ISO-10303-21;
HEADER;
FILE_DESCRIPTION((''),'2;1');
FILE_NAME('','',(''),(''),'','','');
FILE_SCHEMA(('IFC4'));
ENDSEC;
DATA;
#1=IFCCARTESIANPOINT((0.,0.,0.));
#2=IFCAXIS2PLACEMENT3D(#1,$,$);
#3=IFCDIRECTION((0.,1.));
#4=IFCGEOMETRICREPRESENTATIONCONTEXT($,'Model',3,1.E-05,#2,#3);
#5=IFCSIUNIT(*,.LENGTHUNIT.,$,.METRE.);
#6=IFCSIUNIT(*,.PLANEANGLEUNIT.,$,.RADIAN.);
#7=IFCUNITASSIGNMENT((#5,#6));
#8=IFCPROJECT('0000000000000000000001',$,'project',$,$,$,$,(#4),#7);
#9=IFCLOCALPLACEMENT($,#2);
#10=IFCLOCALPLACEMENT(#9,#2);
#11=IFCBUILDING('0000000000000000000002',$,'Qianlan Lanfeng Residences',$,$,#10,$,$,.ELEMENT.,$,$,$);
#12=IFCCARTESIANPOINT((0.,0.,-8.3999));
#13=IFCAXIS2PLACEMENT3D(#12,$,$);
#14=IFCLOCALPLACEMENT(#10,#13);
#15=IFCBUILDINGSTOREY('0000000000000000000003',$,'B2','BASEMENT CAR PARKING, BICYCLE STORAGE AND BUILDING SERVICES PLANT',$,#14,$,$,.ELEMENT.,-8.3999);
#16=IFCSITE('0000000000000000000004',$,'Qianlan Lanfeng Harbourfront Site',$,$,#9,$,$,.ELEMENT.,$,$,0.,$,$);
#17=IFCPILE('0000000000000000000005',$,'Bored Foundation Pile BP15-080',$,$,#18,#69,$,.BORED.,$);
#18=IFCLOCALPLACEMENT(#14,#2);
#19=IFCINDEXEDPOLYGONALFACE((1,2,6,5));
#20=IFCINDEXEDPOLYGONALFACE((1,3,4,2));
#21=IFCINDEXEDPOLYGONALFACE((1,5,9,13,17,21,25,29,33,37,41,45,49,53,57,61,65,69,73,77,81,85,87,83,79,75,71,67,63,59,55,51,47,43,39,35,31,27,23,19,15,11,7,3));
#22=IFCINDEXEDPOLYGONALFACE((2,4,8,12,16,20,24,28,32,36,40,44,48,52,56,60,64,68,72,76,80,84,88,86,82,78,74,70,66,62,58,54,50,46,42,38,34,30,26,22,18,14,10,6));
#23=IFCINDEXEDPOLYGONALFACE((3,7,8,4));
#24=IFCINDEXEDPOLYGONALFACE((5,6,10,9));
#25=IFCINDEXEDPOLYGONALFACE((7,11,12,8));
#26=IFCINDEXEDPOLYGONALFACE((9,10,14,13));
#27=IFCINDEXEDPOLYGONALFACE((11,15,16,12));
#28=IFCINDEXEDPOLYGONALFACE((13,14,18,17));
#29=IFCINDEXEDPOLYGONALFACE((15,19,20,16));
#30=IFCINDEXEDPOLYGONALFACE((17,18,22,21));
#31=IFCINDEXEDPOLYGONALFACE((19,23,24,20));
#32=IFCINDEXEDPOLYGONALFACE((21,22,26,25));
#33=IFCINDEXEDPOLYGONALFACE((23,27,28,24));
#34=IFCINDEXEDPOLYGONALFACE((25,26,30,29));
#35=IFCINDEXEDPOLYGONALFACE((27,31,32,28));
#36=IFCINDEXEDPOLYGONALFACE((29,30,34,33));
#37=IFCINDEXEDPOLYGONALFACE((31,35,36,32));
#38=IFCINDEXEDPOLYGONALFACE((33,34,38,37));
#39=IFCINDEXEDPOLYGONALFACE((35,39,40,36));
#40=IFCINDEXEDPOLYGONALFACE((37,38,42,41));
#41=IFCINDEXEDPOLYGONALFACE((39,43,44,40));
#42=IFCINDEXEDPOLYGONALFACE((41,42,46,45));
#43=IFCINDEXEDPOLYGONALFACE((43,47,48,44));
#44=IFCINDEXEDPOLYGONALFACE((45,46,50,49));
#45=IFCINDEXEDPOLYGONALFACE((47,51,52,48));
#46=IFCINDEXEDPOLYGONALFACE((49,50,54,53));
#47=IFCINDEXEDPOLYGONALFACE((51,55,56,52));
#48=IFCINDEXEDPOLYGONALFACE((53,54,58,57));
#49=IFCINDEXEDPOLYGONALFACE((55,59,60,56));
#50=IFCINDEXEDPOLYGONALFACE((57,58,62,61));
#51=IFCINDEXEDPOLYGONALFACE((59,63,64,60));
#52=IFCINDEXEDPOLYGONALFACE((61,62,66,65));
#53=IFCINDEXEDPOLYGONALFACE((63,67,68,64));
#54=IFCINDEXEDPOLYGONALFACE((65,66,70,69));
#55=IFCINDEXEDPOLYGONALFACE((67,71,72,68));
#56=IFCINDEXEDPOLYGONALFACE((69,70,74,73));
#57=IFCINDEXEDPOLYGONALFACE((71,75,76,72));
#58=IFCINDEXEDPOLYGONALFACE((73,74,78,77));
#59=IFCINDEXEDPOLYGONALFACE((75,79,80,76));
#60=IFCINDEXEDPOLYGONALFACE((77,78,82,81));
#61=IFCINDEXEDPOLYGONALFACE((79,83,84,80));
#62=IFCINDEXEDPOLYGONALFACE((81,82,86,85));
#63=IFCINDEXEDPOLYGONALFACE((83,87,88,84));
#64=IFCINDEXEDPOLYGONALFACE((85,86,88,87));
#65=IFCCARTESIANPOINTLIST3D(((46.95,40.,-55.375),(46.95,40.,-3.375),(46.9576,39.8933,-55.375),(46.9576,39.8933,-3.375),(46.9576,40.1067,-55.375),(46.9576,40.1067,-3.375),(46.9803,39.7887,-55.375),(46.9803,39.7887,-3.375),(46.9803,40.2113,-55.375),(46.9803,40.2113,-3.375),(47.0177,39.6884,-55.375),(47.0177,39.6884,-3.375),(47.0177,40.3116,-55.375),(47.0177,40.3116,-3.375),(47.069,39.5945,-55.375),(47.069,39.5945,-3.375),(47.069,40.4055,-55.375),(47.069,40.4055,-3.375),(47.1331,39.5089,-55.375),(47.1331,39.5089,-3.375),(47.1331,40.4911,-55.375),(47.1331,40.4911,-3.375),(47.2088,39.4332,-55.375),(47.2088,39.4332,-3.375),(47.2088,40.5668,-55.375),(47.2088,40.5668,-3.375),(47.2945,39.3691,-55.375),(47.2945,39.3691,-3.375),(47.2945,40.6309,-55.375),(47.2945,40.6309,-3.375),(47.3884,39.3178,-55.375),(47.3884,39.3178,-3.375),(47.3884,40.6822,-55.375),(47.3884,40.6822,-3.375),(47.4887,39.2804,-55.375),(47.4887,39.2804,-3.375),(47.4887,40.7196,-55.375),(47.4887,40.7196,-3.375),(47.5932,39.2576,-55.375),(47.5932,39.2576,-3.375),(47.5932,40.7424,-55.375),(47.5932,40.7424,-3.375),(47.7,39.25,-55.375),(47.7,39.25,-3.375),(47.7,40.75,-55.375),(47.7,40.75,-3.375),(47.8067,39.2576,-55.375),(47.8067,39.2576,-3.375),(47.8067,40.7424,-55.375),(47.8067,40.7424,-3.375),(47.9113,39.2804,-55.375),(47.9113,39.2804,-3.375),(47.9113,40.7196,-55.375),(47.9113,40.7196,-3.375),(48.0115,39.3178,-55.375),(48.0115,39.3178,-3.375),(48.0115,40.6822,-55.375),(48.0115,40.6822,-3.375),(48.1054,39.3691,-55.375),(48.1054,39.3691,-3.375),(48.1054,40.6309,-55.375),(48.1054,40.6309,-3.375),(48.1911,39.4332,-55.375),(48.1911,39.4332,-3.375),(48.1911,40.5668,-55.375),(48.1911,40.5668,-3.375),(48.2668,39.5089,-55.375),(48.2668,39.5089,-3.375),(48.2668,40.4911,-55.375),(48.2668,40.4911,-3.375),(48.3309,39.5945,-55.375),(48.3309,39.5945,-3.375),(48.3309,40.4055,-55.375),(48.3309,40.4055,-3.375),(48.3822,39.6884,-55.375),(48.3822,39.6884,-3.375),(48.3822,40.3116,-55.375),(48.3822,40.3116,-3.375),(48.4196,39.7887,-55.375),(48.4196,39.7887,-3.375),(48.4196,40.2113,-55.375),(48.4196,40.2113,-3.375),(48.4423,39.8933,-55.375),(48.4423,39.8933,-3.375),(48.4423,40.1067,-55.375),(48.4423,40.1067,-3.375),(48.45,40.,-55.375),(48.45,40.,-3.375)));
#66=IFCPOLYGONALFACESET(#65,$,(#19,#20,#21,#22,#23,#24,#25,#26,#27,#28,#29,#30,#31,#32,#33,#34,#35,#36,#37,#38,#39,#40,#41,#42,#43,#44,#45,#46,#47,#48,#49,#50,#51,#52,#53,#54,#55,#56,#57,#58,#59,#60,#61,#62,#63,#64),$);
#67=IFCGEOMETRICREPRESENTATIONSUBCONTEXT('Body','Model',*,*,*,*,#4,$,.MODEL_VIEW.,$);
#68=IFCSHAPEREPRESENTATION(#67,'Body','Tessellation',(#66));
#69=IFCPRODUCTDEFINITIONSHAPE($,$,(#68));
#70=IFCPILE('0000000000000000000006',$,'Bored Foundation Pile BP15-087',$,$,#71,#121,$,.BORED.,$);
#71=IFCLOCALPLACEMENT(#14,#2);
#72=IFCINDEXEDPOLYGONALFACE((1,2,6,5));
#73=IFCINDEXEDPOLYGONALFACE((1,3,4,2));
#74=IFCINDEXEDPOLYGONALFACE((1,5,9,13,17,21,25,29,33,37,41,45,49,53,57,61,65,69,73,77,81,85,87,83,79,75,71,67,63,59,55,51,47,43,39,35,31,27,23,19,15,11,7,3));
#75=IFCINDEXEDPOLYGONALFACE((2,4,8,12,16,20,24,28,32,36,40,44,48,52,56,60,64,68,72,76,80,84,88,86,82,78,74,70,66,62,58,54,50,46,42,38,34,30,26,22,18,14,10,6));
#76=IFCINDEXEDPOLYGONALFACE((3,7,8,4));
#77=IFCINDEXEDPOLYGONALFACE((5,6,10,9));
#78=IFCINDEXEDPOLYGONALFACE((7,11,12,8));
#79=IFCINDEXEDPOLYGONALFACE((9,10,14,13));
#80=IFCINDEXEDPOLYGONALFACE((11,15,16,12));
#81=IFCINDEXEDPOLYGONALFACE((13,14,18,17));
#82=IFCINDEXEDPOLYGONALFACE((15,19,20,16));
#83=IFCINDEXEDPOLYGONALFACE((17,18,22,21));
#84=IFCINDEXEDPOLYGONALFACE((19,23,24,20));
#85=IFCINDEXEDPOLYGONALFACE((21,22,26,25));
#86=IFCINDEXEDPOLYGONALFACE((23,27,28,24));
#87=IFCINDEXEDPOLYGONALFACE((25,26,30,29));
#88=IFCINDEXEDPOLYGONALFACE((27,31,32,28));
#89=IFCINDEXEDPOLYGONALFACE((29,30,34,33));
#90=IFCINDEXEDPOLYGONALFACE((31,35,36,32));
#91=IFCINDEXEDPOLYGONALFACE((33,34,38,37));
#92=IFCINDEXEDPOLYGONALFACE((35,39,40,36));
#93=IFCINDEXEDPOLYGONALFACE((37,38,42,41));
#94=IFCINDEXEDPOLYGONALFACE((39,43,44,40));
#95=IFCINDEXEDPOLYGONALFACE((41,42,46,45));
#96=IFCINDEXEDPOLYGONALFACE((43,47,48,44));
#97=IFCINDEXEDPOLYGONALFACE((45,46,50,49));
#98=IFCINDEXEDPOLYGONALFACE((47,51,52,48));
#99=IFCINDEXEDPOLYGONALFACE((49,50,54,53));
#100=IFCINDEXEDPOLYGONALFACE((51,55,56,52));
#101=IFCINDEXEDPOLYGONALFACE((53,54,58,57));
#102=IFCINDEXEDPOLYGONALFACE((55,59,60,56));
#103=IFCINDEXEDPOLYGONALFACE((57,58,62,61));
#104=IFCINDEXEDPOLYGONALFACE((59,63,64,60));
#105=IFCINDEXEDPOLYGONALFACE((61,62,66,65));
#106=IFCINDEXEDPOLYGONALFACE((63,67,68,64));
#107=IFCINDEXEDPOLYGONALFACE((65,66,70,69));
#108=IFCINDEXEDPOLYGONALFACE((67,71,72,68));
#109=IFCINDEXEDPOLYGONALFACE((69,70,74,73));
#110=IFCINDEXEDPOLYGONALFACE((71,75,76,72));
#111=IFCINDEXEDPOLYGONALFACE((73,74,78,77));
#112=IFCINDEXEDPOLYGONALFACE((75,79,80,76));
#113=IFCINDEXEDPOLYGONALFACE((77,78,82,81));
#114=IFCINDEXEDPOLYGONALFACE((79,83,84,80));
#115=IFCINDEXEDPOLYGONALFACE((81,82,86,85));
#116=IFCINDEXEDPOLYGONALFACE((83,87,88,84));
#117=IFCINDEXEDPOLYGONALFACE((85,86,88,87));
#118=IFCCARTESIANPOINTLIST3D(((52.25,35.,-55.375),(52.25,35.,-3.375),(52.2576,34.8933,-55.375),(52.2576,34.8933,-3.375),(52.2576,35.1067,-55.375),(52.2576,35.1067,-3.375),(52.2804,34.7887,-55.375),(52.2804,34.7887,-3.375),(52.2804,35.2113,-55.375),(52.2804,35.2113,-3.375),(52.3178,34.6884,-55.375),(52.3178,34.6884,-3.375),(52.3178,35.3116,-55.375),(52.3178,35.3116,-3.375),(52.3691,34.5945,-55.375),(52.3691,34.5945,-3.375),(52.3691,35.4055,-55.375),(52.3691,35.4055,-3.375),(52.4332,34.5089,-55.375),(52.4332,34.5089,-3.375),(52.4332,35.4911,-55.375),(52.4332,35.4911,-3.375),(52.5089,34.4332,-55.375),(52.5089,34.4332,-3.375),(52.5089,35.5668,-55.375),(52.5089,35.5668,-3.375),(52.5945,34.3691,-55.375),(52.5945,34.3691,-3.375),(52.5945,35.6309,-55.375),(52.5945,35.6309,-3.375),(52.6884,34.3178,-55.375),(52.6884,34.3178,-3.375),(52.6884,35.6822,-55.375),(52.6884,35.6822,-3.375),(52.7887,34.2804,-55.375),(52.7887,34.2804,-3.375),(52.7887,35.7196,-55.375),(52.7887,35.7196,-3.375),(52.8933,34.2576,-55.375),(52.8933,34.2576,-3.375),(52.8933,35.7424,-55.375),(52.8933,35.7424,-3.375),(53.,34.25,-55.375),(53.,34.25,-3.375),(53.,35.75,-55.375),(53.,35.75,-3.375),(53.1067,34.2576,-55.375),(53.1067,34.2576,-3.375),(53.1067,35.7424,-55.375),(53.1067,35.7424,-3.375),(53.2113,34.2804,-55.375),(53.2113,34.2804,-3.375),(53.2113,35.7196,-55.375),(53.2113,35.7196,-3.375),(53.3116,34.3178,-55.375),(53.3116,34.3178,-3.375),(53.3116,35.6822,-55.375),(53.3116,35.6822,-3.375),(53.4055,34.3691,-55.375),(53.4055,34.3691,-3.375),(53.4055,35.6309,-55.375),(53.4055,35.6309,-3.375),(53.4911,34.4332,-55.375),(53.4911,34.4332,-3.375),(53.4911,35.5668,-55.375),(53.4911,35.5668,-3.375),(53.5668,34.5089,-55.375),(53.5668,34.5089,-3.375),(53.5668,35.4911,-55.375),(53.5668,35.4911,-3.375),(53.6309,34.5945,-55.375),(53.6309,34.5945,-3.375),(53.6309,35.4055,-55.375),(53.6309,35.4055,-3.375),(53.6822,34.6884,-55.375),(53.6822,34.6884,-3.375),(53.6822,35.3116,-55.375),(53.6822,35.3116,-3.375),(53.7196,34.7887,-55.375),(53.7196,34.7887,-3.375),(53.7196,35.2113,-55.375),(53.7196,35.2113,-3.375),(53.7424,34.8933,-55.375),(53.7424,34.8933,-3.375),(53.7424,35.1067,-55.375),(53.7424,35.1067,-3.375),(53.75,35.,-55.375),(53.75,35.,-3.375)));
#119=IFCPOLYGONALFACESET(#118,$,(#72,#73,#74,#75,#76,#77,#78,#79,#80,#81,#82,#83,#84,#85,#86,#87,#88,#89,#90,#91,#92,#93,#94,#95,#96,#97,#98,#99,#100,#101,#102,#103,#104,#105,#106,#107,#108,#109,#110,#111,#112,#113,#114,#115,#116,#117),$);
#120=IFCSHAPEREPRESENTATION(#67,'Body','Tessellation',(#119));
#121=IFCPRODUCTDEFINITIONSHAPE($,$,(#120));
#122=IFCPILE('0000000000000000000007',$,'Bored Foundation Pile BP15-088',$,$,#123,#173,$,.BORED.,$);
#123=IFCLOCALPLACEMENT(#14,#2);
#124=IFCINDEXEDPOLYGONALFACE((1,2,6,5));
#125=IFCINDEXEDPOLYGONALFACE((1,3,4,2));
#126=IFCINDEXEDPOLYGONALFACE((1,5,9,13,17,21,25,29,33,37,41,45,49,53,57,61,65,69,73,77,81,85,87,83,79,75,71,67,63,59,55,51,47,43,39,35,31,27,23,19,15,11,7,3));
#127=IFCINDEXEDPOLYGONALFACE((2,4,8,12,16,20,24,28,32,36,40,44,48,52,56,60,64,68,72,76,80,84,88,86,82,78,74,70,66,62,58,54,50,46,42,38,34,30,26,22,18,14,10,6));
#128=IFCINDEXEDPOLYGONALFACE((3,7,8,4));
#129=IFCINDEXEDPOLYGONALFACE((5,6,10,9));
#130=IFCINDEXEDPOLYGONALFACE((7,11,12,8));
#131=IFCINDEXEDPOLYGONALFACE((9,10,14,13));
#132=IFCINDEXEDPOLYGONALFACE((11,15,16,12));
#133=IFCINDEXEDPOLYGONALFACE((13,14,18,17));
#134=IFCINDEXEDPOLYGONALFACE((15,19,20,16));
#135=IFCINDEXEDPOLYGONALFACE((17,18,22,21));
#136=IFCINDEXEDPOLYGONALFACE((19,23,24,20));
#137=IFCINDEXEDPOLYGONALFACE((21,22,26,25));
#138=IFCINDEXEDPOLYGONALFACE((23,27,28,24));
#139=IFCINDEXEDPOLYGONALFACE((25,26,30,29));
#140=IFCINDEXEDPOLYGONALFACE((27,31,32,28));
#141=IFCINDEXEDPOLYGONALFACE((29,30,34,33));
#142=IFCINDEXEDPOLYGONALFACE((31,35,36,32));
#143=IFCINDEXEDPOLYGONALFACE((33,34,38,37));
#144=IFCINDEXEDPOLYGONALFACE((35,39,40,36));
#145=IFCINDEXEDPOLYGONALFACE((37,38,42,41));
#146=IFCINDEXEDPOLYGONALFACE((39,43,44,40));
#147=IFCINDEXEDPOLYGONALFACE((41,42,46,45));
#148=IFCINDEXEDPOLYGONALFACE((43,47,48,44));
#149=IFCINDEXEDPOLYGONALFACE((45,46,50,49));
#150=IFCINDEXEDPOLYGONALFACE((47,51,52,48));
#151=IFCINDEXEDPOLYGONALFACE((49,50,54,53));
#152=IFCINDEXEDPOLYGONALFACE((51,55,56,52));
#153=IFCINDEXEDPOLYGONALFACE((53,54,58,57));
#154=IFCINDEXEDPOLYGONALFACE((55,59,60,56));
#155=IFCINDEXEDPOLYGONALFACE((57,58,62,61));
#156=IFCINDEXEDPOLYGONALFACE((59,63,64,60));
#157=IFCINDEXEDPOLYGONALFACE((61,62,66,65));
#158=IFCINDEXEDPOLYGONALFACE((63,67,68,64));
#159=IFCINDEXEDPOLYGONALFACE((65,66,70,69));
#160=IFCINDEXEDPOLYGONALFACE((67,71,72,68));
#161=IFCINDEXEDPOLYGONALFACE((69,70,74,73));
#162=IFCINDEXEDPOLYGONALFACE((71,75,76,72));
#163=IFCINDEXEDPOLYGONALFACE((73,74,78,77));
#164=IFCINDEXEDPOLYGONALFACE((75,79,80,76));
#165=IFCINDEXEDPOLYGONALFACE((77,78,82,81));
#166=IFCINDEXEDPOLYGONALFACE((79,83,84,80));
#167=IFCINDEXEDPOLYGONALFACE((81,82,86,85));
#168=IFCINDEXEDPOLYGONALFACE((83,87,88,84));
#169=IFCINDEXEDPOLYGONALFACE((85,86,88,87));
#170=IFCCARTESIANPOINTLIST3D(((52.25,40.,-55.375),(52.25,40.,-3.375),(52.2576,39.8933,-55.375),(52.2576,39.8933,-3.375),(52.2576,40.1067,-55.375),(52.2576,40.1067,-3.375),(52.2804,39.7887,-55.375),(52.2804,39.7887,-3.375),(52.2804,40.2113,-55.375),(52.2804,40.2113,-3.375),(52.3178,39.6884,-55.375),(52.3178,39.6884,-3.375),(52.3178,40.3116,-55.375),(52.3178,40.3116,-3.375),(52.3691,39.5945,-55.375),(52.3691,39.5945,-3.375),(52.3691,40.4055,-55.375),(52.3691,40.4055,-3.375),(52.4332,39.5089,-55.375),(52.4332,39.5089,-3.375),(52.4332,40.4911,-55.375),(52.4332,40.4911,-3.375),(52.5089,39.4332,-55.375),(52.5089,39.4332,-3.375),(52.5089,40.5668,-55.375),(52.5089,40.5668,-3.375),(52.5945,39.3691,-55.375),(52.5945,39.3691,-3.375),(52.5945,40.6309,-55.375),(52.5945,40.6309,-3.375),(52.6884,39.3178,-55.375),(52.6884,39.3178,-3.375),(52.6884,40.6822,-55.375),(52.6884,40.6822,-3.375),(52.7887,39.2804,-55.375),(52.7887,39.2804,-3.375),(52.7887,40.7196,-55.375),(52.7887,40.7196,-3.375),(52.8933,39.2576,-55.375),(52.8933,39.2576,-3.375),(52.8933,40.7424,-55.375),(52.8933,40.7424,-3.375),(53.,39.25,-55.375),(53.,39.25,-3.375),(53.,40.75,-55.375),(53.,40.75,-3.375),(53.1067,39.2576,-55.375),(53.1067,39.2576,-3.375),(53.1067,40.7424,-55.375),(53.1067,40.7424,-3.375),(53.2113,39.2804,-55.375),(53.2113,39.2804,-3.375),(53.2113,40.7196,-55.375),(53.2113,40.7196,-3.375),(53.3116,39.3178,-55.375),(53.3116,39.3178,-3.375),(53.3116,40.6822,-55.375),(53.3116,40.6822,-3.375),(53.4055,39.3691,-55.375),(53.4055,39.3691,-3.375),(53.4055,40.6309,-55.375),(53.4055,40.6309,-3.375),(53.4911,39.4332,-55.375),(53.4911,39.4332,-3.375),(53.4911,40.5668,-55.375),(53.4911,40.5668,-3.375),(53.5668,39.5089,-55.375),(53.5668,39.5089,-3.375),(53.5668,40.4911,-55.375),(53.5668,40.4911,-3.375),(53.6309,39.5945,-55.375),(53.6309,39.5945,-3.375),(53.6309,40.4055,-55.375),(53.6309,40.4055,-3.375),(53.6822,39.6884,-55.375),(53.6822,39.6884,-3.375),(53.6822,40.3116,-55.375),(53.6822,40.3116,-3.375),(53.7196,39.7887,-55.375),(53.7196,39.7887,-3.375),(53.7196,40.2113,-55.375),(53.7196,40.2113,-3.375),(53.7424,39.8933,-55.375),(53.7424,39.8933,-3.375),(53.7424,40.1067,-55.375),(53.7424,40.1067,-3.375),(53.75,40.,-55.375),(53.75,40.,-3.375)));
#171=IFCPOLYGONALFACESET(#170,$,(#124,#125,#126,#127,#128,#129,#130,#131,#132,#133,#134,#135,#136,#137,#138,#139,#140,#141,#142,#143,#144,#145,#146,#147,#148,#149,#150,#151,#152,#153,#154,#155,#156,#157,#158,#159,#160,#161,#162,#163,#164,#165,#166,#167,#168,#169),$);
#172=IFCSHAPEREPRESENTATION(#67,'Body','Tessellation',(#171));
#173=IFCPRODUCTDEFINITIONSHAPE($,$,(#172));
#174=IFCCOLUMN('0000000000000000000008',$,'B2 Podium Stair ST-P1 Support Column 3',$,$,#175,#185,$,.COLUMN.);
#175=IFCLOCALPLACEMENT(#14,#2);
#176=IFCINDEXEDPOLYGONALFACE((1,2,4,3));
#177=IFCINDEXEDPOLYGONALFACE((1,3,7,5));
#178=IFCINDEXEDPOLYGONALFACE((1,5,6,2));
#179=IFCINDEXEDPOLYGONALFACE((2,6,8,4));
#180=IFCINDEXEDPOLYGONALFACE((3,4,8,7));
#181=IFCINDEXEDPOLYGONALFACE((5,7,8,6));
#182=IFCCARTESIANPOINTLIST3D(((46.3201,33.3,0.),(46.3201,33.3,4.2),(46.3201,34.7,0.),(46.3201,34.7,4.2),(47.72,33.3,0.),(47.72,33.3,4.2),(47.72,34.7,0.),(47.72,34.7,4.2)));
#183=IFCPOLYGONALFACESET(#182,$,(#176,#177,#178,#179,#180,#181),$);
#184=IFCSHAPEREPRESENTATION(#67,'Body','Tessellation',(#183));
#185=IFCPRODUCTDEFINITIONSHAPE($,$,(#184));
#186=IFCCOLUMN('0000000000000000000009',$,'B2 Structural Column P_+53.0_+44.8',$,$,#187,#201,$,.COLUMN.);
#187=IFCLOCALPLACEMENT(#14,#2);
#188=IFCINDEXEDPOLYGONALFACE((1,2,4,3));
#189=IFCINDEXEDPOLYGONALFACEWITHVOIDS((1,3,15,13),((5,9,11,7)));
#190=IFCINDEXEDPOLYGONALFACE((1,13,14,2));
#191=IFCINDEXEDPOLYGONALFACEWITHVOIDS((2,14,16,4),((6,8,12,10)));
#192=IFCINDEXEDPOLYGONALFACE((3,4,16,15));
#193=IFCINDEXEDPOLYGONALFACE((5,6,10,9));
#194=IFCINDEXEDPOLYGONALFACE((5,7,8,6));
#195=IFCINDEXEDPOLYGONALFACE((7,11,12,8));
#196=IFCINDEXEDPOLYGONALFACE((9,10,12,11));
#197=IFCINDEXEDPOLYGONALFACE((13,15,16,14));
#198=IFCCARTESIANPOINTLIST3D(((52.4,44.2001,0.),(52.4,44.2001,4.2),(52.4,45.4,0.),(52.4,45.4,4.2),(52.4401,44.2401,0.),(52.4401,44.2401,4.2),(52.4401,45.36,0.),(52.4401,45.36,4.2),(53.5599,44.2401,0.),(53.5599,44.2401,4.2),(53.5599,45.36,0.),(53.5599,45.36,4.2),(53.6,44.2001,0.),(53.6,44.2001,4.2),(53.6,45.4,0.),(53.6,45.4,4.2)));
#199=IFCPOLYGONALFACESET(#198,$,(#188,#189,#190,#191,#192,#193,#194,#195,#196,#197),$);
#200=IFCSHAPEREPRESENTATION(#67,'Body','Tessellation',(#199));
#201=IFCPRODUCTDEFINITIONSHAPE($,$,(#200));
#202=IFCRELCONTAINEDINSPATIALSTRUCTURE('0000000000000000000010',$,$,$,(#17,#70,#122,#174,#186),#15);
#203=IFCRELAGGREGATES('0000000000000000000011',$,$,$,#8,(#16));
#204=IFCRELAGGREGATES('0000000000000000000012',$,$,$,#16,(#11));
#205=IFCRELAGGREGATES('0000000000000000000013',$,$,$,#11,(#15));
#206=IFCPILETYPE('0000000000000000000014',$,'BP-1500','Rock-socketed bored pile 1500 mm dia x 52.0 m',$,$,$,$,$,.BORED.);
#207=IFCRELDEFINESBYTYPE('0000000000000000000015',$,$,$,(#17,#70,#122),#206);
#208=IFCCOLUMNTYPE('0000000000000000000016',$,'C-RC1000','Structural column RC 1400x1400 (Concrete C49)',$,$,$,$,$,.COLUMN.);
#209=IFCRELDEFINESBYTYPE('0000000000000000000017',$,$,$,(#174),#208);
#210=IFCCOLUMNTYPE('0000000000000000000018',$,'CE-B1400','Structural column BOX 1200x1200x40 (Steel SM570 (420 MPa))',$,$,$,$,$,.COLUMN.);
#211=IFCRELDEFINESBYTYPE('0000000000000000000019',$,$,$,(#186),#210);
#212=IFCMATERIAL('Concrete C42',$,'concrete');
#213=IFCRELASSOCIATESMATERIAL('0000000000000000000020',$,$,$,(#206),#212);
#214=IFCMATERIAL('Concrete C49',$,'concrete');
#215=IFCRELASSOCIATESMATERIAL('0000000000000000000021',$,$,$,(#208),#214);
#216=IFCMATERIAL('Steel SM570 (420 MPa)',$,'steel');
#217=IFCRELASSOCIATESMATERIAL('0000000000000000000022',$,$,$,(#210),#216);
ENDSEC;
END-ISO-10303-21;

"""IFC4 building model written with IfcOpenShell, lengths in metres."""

from ifc_helpers import new_model, si_unit, direction, frame, origin, origin_2d, place, context, subcontext, project, spatial, rectangle, hollow_rectangle, circle, extrude, material, material_profile, profile_set, type_object, element, save


model = new_model("IFC4")

# Units and contexts
model_context = context("Model", 3, precision=1e-05, world=origin(), true_north=direction((0.0, 1.0)))
body_context = subcontext(model_context, "Body", "Model", "MODEL_VIEW")
ifc_project = project(units=[si_unit("LENGTHUNIT", "METRE"), si_unit("PLANEANGLEUNIT", "RADIAN")], contexts=[model_context])

# Site, building, storey
site_placement = place(None, origin())
site = spatial("IfcSite", under=ifc_project, at=site_placement, Name="Qianlan Lanfeng Harbourfront Site", CompositionType="ELEMENT", RefElevation=0.0)
building_placement = place(site_placement, origin())
building = spatial("IfcBuilding", under=site, at=building_placement, Name="Qianlan Lanfeng Residences", CompositionType="ELEMENT")
storey_placement = place(building_placement, frame((0.0, 0.0, -8.3999)))
storey = spatial("IfcBuildingStorey", under=building, at=storey_placement, Name="B2", Description="BASEMENT CAR PARKING, BICYCLE STORAGE AND BUILDING SERVICES PLANT", CompositionType="ELEMENT", Elevation=-8.3999)

# Piles
ifc_material_1 = material(Name="Concrete C42", Category="concrete")
ifc_material_profile_1 = material_profile(ifc_material_1, circle(Radius=0.75, at=origin_2d()), Name="PILE D1500")
ifc_profile_set_1 = profile_set([ifc_material_profile_1], Name="Concrete C42")
pile_type_1 = type_object("IfcPileType", Name="BP-1500", Description="Rock-socketed bored pile 1500 mm dia x 52.0 m", PredefinedType="BORED", material=ifc_profile_set_1)
for number, where, z_axis, x_axis, name in (
    (1, (47.7, 40.0, -3.375), (0.0, 0.0, -1.0), (1.0, 0.0, 0.0), "Bored Foundation Pile BP15-080"),
    (2, (53.0, 35.0, -3.375), (0.0, 0.0, -1.0), (1.0, 0.0, 0.0), "Bored Foundation Pile BP15-087"),
    (3, (53.0, 40.0, -3.375), (0.0, 0.0, -1.0), (1.0, 0.0, 0.0), "Bored Foundation Pile BP15-088"),
):
    element("IfcPile", number, at=place(storey_placement, frame(where, z_axis=z_axis, x_axis=x_axis)), inside=storey, type_object=pile_type_1, Name=name, PredefinedType="BORED", context=body_context, shape_type="SweptSolid", body=[
        extrude(circle(Radius=0.75, at=origin_2d()), origin(), (0.0, 0.0, 1.0), 52.0),
    ])

# Columns
ifc_material_2 = material(Name="Concrete C49", Category="concrete")
ifc_material_profile_2 = material_profile(ifc_material_2, rectangle(XDim=1.3999, YDim=1.3999, at=origin_2d()), Name="RC 1400x1400")
ifc_profile_set_2 = profile_set([ifc_material_profile_2], Name="Concrete C49")
column_type_1 = type_object("IfcColumnType", Name="C-RC1000", Description="Structural column RC 1400x1400 (Concrete C49)", PredefinedType="COLUMN", material=ifc_profile_set_2)
column_placement = place(storey_placement, frame((47.02, 34.0, 0.0), z_axis=(0.0, 0.0, 1.0), x_axis=(1.0, 0.0, 0.0)))
element("IfcColumn", 4, at=column_placement, inside=storey, type_object=column_type_1, Name="B2 Podium Stair ST-P1 Support Column 3", PredefinedType="COLUMN", context=body_context, shape_type="SweptSolid", body=[
    extrude(rectangle(XDim=1.3999, YDim=1.3999, at=origin_2d()), origin(), (0.0, 0.0, 1.0), 4.2),
])
ifc_material_3 = material(Name="Steel SM570 (420 MPa)", Category="steel")
ifc_material_profile_3 = material_profile(ifc_material_3, hollow_rectangle(XDim=1.2, YDim=1.2, WallThickness=0.04, at=origin_2d()), Name="BOX 1200x1200x40")
ifc_profile_set_3 = profile_set([ifc_material_profile_3], Name="Steel SM570 (420 MPa)")
column_type_2 = type_object("IfcColumnType", Name="CE-B1400", Description="Structural column BOX 1200x1200x40 (Steel SM570 (420 MPa))", PredefinedType="COLUMN", material=ifc_profile_set_3)
for number, where, z_axis, x_axis, name in (
    (5, (53.0, 44.8, 0.0), (0.0, 0.0, 1.0), (1.0, 0.0, 0.0), "B2 Structural Column P_+53.0_+44.8"),
):
    element("IfcColumn", number, at=place(storey_placement, frame(where, z_axis=z_axis, x_axis=x_axis)), inside=storey, type_object=column_type_2, Name=name, PredefinedType="COLUMN", context=body_context, shape_type="SweptSolid", body=[
        extrude(hollow_rectangle(XDim=1.2, YDim=1.2, WallThickness=0.04, at=origin_2d()), origin(), (0.0, 0.0, 1.0), 4.2),
    ])

save(model, "model.ifc")
